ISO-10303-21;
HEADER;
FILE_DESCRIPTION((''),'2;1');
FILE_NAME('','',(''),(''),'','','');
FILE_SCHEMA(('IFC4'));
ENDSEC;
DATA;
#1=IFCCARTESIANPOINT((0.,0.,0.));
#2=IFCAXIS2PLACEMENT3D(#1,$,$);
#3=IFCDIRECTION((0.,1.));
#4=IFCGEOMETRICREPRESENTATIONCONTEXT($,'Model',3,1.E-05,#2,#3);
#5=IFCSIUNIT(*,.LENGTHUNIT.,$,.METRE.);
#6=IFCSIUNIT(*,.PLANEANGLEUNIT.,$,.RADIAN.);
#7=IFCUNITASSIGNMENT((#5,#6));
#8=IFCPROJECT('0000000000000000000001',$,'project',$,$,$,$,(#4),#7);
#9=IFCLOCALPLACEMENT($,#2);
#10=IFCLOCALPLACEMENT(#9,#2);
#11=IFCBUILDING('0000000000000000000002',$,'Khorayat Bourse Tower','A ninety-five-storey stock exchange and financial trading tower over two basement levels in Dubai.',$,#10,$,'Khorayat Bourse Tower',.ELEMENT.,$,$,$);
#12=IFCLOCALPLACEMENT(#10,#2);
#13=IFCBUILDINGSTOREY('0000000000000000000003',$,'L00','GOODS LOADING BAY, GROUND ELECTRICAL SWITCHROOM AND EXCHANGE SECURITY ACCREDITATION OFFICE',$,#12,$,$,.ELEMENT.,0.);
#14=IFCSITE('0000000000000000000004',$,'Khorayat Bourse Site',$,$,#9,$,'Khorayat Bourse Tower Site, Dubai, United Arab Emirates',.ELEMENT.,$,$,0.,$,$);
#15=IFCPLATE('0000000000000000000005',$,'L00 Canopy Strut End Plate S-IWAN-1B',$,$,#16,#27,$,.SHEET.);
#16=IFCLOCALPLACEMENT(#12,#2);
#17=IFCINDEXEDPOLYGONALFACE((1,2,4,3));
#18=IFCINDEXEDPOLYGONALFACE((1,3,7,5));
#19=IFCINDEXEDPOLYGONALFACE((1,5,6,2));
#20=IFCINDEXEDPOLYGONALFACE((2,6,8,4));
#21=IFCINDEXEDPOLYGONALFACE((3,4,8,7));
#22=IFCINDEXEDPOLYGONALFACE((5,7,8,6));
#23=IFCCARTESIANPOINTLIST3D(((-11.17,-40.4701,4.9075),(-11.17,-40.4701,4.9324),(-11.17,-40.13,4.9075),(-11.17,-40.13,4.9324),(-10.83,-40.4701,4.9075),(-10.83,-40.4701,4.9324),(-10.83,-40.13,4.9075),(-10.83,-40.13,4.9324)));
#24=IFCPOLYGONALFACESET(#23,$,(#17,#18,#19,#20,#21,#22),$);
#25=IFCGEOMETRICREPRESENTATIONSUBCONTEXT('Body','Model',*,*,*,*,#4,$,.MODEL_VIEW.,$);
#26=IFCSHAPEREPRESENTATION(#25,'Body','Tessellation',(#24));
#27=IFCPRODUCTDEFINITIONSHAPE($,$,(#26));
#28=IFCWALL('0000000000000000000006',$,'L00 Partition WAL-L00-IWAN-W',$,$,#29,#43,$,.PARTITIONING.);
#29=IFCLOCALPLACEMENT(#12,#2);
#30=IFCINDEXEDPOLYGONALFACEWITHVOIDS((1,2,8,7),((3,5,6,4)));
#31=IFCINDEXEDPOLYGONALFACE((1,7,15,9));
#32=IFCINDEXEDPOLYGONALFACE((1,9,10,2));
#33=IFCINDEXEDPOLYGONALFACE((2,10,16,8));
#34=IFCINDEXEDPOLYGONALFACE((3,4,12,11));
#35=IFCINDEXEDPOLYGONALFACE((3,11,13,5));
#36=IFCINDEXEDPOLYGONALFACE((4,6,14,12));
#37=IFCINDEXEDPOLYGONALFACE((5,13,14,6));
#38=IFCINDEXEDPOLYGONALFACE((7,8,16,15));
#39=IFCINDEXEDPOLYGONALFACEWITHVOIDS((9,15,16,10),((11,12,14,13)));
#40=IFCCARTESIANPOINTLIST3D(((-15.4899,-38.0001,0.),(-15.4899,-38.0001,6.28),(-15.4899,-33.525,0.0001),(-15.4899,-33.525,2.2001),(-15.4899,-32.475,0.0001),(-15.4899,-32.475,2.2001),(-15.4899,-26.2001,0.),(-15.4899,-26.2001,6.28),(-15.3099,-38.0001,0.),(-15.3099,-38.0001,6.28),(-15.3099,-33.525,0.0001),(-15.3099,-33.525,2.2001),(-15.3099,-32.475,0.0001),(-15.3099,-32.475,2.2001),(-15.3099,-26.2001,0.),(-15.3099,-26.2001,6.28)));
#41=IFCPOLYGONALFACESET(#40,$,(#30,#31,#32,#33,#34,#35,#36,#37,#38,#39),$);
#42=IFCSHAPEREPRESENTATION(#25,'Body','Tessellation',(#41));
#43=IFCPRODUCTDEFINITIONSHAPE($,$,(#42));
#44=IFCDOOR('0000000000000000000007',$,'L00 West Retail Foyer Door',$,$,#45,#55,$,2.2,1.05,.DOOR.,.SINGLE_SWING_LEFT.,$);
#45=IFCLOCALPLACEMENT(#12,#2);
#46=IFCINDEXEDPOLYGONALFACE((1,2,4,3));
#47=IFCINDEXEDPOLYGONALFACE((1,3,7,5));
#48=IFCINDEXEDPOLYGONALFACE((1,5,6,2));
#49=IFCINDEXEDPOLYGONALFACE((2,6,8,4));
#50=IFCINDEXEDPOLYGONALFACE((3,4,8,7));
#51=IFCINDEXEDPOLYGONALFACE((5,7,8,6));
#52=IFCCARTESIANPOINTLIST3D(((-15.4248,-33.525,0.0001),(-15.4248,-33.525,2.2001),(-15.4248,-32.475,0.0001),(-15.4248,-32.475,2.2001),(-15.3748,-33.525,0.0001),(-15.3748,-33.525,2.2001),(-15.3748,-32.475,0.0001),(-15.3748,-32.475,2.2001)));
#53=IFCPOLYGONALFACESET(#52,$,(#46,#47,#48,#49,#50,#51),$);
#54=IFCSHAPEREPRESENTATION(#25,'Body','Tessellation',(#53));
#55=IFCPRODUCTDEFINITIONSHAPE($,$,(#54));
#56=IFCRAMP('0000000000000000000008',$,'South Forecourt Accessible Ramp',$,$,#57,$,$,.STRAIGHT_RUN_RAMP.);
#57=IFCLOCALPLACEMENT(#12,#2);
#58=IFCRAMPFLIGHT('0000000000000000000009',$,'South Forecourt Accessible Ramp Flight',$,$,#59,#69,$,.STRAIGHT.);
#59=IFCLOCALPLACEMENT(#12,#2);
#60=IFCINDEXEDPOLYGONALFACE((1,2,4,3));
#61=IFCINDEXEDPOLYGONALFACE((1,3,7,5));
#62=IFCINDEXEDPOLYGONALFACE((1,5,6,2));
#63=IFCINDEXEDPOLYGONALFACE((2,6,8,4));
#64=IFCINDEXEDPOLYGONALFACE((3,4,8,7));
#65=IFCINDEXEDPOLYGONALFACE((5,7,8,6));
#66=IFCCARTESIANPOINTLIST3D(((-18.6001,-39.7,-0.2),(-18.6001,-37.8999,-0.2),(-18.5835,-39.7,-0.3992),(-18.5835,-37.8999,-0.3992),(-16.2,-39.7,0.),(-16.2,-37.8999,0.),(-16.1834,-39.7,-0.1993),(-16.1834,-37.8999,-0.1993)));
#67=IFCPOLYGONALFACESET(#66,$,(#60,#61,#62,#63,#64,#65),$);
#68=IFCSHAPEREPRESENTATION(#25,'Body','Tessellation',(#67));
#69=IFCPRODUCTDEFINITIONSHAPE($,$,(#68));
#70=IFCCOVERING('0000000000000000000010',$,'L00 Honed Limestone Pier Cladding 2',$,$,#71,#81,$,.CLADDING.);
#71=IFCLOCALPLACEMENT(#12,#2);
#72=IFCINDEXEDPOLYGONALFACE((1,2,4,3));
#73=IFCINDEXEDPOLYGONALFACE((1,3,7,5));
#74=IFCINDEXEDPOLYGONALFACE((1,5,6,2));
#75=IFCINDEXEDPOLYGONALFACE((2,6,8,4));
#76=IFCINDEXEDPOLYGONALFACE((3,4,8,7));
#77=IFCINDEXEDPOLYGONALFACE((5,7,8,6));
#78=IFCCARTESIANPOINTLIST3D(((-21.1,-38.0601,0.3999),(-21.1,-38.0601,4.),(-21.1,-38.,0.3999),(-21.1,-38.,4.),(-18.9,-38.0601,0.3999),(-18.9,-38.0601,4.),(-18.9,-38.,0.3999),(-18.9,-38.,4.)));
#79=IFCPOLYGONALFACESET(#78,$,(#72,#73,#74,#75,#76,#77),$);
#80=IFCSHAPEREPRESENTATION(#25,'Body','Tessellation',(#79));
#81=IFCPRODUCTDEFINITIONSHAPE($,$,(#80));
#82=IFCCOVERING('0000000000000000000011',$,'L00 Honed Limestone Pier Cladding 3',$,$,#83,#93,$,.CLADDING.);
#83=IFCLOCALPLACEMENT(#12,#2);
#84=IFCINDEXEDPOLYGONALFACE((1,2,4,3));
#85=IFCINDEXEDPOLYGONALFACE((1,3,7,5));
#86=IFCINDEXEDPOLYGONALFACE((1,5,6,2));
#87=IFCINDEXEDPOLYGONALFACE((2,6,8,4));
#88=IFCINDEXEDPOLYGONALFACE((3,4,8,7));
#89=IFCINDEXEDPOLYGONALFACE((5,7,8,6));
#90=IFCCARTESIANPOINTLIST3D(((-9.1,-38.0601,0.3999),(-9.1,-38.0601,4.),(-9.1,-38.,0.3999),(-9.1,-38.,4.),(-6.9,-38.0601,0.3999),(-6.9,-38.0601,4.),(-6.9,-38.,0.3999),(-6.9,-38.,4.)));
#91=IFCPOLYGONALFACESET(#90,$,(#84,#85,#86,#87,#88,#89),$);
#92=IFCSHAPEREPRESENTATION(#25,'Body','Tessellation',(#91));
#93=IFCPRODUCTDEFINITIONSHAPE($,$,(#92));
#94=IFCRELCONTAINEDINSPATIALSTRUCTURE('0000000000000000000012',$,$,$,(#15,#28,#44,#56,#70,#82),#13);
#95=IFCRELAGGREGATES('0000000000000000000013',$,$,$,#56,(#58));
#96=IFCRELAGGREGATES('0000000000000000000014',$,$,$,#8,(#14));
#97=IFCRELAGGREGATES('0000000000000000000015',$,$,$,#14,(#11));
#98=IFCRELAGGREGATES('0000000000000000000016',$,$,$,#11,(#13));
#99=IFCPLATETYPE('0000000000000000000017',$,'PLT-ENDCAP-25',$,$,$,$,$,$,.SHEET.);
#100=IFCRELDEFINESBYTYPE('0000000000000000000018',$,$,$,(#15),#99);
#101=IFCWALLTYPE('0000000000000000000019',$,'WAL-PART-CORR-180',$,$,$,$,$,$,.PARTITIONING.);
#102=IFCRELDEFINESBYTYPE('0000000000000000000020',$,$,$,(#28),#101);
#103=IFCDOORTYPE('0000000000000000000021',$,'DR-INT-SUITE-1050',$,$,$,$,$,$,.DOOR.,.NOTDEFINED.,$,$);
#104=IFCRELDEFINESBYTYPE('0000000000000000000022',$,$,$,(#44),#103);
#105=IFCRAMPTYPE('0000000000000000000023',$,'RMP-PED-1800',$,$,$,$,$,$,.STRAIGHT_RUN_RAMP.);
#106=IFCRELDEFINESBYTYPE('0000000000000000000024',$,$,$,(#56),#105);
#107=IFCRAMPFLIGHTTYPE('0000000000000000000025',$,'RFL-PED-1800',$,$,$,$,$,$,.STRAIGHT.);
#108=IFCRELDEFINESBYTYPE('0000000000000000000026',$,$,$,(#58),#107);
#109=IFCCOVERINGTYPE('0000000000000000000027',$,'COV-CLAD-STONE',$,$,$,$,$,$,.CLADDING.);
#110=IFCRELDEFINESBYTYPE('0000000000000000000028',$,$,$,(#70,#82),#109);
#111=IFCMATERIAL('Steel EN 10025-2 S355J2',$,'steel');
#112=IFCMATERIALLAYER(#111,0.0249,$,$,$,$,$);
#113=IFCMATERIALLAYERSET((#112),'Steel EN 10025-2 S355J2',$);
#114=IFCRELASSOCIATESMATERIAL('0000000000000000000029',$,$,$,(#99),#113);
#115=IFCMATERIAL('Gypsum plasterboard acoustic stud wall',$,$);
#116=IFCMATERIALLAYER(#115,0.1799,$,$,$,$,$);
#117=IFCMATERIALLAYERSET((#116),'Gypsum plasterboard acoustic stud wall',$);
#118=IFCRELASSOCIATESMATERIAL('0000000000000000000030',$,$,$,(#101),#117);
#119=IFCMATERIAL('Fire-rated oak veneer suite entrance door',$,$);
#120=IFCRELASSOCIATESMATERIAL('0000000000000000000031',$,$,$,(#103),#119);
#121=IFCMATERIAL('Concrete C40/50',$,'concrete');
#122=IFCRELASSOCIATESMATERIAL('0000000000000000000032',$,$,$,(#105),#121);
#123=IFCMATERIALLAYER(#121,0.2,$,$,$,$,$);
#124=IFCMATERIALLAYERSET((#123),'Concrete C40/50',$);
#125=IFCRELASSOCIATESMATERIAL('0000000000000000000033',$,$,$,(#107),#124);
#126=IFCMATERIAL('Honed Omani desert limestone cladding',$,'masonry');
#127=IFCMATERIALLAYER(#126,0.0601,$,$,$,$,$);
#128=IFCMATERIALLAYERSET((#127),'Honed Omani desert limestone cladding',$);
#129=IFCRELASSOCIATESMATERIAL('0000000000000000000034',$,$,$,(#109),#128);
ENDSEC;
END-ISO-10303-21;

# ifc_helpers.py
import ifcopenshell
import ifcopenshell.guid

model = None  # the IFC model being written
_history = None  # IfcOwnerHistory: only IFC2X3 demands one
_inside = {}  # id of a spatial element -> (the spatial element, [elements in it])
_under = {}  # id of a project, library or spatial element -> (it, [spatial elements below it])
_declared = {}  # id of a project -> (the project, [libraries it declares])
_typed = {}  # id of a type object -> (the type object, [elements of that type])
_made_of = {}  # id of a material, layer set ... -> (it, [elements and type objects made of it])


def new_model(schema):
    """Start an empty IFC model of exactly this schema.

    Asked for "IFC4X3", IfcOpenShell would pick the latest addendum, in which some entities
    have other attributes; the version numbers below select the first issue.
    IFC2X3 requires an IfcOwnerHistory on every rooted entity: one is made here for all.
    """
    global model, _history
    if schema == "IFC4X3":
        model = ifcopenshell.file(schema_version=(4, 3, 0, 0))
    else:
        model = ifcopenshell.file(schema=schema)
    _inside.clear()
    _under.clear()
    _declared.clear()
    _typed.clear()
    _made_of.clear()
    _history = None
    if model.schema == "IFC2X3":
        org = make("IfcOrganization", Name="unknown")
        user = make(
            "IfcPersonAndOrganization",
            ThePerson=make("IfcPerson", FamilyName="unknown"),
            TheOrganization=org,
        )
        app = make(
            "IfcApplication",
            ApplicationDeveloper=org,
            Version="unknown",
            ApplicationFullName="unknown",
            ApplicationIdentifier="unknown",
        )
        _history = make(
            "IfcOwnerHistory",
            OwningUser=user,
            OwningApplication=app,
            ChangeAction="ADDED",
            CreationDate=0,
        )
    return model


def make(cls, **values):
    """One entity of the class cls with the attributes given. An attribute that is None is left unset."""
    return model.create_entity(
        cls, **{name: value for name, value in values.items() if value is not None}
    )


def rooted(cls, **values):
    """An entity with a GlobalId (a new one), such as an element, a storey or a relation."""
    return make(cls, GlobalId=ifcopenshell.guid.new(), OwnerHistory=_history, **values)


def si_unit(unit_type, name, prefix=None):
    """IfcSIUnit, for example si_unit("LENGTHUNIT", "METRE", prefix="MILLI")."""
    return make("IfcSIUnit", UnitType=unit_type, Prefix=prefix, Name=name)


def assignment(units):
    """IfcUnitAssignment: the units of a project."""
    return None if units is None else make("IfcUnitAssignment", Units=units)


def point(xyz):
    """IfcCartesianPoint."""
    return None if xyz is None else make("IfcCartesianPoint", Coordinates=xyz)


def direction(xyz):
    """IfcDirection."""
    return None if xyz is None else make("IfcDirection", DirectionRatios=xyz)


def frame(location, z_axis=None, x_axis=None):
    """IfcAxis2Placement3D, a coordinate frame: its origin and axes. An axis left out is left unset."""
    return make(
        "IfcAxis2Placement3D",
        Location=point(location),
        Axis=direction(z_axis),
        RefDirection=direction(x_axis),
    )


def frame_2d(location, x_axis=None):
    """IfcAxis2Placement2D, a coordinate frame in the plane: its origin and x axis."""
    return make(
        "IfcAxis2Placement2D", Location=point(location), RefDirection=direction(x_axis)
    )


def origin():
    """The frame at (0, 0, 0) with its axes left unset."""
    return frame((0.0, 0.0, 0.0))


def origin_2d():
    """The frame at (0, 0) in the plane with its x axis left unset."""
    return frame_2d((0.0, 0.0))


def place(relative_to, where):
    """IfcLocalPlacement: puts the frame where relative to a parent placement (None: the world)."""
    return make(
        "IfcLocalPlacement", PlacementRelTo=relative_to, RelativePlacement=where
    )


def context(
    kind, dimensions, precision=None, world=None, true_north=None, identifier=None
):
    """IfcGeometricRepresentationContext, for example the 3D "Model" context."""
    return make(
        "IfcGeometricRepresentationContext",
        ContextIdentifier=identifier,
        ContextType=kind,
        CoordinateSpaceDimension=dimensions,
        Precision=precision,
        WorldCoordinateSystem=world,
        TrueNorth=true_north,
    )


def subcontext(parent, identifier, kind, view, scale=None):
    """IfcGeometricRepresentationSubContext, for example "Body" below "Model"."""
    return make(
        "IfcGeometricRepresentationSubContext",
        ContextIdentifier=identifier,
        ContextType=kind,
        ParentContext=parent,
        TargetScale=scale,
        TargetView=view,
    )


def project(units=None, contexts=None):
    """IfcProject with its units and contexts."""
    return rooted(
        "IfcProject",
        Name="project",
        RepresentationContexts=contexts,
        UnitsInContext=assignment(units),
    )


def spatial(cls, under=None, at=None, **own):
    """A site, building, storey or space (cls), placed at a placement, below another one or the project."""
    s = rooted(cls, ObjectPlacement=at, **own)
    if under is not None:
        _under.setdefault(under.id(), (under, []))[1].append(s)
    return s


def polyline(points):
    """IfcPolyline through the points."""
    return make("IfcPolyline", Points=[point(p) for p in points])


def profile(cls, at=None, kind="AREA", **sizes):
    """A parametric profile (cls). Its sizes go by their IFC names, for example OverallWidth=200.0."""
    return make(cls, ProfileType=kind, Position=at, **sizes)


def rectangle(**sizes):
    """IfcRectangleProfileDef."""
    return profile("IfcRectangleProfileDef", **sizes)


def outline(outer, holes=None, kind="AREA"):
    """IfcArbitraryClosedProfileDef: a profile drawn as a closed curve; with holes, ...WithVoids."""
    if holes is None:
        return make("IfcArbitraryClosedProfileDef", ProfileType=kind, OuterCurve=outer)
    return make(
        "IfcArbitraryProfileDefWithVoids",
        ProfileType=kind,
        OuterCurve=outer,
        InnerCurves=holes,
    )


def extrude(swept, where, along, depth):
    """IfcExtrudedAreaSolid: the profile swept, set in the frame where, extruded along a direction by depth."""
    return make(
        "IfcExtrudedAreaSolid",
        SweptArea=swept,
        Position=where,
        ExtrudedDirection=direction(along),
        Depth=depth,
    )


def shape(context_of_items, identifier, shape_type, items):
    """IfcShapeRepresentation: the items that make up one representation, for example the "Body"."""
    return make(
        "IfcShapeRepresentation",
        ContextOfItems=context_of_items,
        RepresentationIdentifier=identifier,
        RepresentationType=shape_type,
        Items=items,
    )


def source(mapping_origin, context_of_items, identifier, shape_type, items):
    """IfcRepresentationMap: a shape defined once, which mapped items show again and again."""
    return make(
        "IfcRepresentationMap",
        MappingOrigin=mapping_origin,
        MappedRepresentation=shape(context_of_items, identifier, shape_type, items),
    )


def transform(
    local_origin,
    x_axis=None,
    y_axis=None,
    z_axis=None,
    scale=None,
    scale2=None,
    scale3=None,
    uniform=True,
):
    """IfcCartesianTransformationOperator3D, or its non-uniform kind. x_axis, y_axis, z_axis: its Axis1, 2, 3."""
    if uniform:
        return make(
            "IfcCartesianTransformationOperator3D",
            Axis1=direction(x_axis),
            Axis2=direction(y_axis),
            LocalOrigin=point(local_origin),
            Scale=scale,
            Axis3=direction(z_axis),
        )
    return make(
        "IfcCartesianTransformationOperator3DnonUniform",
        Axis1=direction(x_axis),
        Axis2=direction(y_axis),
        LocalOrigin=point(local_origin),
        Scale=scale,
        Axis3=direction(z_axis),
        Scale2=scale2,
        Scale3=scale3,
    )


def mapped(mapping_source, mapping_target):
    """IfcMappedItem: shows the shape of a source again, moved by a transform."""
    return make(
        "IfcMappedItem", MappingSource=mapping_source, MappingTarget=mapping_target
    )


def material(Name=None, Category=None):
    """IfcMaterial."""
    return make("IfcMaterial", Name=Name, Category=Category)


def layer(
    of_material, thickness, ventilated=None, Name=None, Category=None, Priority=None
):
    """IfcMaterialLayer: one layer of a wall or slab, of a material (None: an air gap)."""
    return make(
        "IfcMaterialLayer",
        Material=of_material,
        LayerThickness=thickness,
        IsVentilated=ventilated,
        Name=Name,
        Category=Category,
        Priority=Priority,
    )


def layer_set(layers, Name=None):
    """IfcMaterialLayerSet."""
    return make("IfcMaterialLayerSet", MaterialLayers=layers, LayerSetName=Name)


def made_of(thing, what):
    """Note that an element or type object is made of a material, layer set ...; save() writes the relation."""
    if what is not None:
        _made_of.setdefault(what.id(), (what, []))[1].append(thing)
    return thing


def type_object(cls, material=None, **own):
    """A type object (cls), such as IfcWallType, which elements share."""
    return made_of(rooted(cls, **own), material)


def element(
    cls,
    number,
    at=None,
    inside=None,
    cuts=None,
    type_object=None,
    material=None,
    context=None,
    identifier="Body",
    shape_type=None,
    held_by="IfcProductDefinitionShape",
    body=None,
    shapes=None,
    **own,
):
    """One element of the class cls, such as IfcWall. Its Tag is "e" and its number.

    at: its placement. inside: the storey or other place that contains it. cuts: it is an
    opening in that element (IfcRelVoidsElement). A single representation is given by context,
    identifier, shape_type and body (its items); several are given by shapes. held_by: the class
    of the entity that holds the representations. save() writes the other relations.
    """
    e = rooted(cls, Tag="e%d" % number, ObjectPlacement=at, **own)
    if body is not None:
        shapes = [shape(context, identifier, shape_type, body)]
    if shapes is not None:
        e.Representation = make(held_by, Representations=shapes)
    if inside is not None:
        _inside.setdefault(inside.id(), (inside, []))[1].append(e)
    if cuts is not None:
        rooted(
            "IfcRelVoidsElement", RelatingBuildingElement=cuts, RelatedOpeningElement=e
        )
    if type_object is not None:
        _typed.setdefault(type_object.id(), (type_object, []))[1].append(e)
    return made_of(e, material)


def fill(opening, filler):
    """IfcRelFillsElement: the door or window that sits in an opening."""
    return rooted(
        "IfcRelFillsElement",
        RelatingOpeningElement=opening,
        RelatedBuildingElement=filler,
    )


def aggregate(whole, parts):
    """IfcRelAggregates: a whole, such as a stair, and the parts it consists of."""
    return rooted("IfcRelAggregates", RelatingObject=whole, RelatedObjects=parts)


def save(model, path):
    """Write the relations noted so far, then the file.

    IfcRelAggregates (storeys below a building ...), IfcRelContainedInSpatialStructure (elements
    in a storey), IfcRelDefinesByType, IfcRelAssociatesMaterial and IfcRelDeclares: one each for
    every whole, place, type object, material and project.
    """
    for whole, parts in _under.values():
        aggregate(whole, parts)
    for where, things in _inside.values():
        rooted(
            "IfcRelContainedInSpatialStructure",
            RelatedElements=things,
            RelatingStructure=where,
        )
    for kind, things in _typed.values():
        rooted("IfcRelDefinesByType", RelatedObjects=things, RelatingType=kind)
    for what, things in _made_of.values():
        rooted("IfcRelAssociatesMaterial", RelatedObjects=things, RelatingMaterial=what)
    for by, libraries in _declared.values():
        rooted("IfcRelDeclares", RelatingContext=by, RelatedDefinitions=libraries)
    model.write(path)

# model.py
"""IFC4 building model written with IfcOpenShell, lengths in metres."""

from ifc_helpers import new_model, si_unit, direction, frame, frame_2d, origin, origin_2d, place, context, subcontext, project, spatial, polyline, rectangle, outline, extrude, source, transform, mapped, material, layer, layer_set, type_object, element, fill, aggregate, save


model = new_model("IFC4")

# Units and contexts
model_context = context("Model", 3, precision=1e-05, world=origin(), true_north=direction((0.0, 1.0)))
body_context = subcontext(model_context, "Body", "Model", "MODEL_VIEW")
ifc_project = project(units=[si_unit("LENGTHUNIT", "METRE"), si_unit("PLANEANGLEUNIT", "RADIAN")], contexts=[model_context])

# Site, building, storey
site_placement = place(None, origin())
site = spatial("IfcSite", under=ifc_project, at=site_placement, Name="Khorayat Bourse Site", LongName="Khorayat Bourse Tower Site, Dubai, United Arab Emirates", CompositionType="ELEMENT", RefElevation=0.0)
building_placement = place(site_placement, origin())
building = spatial("IfcBuilding", under=site, at=building_placement, Name="Khorayat Bourse Tower", Description="A ninety-five-storey stock exchange and financial trading tower over two basement levels in Dubai.", LongName="Khorayat Bourse Tower", CompositionType="ELEMENT")
storey_placement = place(building_placement, origin())
storey = spatial("IfcBuildingStorey", under=building, at=storey_placement, Name="L00", Description="GOODS LOADING BAY, GROUND ELECTRICAL SWITCHROOM AND EXCHANGE SECURITY ACCREDITATION OFFICE", CompositionType="ELEMENT", Elevation=0.0)

# Shared definitions
ifc_material_1 = material(Name="Steel EN 10025-2 S355J2", Category="steel")

# Plate
ifc_layer_1 = layer(ifc_material_1, 0.0249)
ifc_layer_set_1 = layer_set([ifc_layer_1], Name="Steel EN 10025-2 S355J2")
plate_type = type_object("IfcPlateType", Name="PLT-ENDCAP-25", PredefinedType="SHEET", material=ifc_layer_set_1)
shared_shape_1 = source(origin(), body_context, "Body", "SweptSolid", [
    extrude(rectangle(XDim=0.3401, YDim=0.3401, at=origin_2d()), origin(), (0.0, 0.0, 1.0), 0.0249),
])
for number, where, z_axis, x_axis, name in (
    (1, (-11.0, -40.3, 4.9075), (0.0, 0.0, 1.0), (1.0, 0.0, 0.0), "L00 Canopy Strut End Plate S-IWAN-1B"),
):
    element("IfcPlate", number, at=place(storey_placement, frame(where, z_axis=z_axis, x_axis=x_axis)), inside=storey, type_object=plate_type, Name=name, PredefinedType="SHEET", context=body_context, shape_type="MappedRepresentation", body=[
        mapped(shared_shape_1, transform((0.0, 0.0, 0.0), scale=1.0)),
    ])

# Wall, opening, door
ifc_material_2 = material(Name="Gypsum plasterboard acoustic stud wall")
ifc_layer_2 = layer(ifc_material_2, 0.1799)
ifc_layer_set_2 = layer_set([ifc_layer_2], Name="Gypsum plasterboard acoustic stud wall")
wall_type = type_object("IfcWallType", Name="WAL-PART-CORR-180", PredefinedType="PARTITIONING", material=ifc_layer_set_2)
shared_shape_2 = source(origin(), body_context, "Body", "SweptSolid", [
    extrude(rectangle(XDim=11.8, YDim=0.1799, at=frame_2d((5.8999, 0.0))), origin(), (0.0, 0.0, 1.0), 6.28),
])
wall_placement = place(storey_placement, frame((-15.3999, -38.0, 0.0), z_axis=(0.0, 0.0, 1.0), x_axis=(0.0, 1.0, 0.0)))
wall = element("IfcWall", 2, at=wall_placement, inside=storey, type_object=wall_type, Name="L00 Partition WAL-L00-IWAN-W", PredefinedType="PARTITIONING", context=body_context, shape_type="MappedRepresentation", body=[
    mapped(shared_shape_2, transform((0.0, 0.0, 0.0), scale=1.0)),
])
shared_shape_3 = source(origin(), body_context, "Body", "SweptSolid", [
    extrude(rectangle(XDim=1.05, YDim=2.2, at=frame_2d((0.5249, 1.1001))), frame((0.0, 0.0999, 0.0), z_axis=(0.0, -1.0, 0.0), x_axis=(1.0, 0.0, 0.0)), (0.0, 0.0, 1.0), 0.2),
])
opening_placement = place(wall_placement, frame((4.4751, 0.0, 0.0)))
opening = element("IfcOpeningElement", 3, at=opening_placement, cuts=wall, PredefinedType="OPENING", context=body_context, shape_type="MappedRepresentation", body=[
    mapped(shared_shape_3, transform((0.0, 0.0, 0.0), scale=1.0)),
])
ifc_material_3 = material(Name="Fire-rated oak veneer suite entrance door")
door_type = type_object("IfcDoorType", Name="DR-INT-SUITE-1050", OperationType="NOTDEFINED", PredefinedType="DOOR", material=ifc_material_3)
shared_shape_4 = source(origin(), body_context, "Body", "SweptSolid", [
    extrude(rectangle(XDim=1.05, YDim=2.2, at=frame_2d((0.5249, 1.1001))), frame((0.0, 0.0249, 0.0), z_axis=(0.0, -1.0, 0.0), x_axis=(1.0, 0.0, 0.0)), (0.0, 0.0, 1.0), 0.05),
])
door_placement = place(opening_placement, origin())
door = element("IfcDoor", 4, at=door_placement, inside=storey, type_object=door_type, Name="L00 West Retail Foyer Door", OperationType="SINGLE_SWING_LEFT", OverallHeight=2.2, OverallWidth=1.05, PredefinedType="DOOR", context=body_context, shape_type="MappedRepresentation", body=[
    mapped(shared_shape_4, transform((0.0, 0.0, 0.0), scale=1.0)),
])
fill(opening, door)

# Ramp, ramp flight
ifc_material_4 = material(Name="Concrete C40/50", Category="concrete")
ramp_type = type_object("IfcRampType", Name="RMP-PED-1800", PredefinedType="STRAIGHT_RUN_RAMP", material=ifc_material_4)
ramp_placement = place(storey_placement, origin())
ramp = element("IfcRamp", 5, at=ramp_placement, inside=storey, type_object=ramp_type, Name="South Forecourt Accessible Ramp", PredefinedType="STRAIGHT_RUN_RAMP")
ifc_layer_3 = layer(ifc_material_4, 0.2)
ifc_layer_set_3 = layer_set([ifc_layer_3], Name="Concrete C40/50")
ramp_flight_type = type_object("IfcRampFlightType", Name="RFL-PED-1800", PredefinedType="STRAIGHT", material=ifc_layer_set_3)
ramp_flight_placement = place(storey_placement, frame((-18.6001, -39.7, -0.2), z_axis=(-0.08302, 0.0, 0.996548), x_axis=(0.996548, 0.0, 0.08302)))
ramp_flight = element("IfcRampFlight", 6, at=ramp_flight_placement, type_object=ramp_flight_type, Name="South Forecourt Accessible Ramp Flight", PredefinedType="STRAIGHT", context=body_context, shape_type="SweptSolid", body=[
    extrude(outline(polyline([(0.0, 0.0), (2.4085, 0.0), (2.4085, 1.8), (0.0, 1.8), (0.0, 0.0)])), origin(), (0.0, 0.0, -1.0), 0.2),
])
aggregate(ramp, [ramp_flight])

# Coverings
ifc_material_5 = material(Name="Honed Omani desert limestone cladding", Category="masonry")
ifc_layer_4 = layer(ifc_material_5, 0.0601)
ifc_layer_set_4 = layer_set([ifc_layer_4], Name="Honed Omani desert limestone cladding")
covering_type = type_object("IfcCoveringType", Name="COV-CLAD-STONE", PredefinedType="CLADDING", material=ifc_layer_set_4)
shared_shape_5 = source(origin(), body_context, "Body", "SweptSolid", [
    extrude(rectangle(XDim=2.2, YDim=0.0601, at=origin_2d()), origin(), (0.0, 0.0, 1.0), 3.6001),
])
for number, where, z_axis, x_axis, name in (
    (7, (-20.0, -38.03, 0.3999), (0.0, 0.0, 1.0), (1.0, 0.0, 0.0), "L00 Honed Limestone Pier Cladding 2"),
    (8, (-8.0, -38.03, 0.3999), (0.0, 0.0, 1.0), (1.0, 0.0, 0.0), "L00 Honed Limestone Pier Cladding 3"),
):
    element("IfcCovering", number, at=place(storey_placement, frame(where, z_axis=z_axis, x_axis=x_axis)), inside=storey, type_object=covering_type, Name=name, PredefinedType="CLADDING", context=body_context, shape_type="MappedRepresentation", body=[
        mapped(shared_shape_5, transform((0.0, 0.0, 0.0), scale=1.0)),
    ])

save(model, "model.ifc")
